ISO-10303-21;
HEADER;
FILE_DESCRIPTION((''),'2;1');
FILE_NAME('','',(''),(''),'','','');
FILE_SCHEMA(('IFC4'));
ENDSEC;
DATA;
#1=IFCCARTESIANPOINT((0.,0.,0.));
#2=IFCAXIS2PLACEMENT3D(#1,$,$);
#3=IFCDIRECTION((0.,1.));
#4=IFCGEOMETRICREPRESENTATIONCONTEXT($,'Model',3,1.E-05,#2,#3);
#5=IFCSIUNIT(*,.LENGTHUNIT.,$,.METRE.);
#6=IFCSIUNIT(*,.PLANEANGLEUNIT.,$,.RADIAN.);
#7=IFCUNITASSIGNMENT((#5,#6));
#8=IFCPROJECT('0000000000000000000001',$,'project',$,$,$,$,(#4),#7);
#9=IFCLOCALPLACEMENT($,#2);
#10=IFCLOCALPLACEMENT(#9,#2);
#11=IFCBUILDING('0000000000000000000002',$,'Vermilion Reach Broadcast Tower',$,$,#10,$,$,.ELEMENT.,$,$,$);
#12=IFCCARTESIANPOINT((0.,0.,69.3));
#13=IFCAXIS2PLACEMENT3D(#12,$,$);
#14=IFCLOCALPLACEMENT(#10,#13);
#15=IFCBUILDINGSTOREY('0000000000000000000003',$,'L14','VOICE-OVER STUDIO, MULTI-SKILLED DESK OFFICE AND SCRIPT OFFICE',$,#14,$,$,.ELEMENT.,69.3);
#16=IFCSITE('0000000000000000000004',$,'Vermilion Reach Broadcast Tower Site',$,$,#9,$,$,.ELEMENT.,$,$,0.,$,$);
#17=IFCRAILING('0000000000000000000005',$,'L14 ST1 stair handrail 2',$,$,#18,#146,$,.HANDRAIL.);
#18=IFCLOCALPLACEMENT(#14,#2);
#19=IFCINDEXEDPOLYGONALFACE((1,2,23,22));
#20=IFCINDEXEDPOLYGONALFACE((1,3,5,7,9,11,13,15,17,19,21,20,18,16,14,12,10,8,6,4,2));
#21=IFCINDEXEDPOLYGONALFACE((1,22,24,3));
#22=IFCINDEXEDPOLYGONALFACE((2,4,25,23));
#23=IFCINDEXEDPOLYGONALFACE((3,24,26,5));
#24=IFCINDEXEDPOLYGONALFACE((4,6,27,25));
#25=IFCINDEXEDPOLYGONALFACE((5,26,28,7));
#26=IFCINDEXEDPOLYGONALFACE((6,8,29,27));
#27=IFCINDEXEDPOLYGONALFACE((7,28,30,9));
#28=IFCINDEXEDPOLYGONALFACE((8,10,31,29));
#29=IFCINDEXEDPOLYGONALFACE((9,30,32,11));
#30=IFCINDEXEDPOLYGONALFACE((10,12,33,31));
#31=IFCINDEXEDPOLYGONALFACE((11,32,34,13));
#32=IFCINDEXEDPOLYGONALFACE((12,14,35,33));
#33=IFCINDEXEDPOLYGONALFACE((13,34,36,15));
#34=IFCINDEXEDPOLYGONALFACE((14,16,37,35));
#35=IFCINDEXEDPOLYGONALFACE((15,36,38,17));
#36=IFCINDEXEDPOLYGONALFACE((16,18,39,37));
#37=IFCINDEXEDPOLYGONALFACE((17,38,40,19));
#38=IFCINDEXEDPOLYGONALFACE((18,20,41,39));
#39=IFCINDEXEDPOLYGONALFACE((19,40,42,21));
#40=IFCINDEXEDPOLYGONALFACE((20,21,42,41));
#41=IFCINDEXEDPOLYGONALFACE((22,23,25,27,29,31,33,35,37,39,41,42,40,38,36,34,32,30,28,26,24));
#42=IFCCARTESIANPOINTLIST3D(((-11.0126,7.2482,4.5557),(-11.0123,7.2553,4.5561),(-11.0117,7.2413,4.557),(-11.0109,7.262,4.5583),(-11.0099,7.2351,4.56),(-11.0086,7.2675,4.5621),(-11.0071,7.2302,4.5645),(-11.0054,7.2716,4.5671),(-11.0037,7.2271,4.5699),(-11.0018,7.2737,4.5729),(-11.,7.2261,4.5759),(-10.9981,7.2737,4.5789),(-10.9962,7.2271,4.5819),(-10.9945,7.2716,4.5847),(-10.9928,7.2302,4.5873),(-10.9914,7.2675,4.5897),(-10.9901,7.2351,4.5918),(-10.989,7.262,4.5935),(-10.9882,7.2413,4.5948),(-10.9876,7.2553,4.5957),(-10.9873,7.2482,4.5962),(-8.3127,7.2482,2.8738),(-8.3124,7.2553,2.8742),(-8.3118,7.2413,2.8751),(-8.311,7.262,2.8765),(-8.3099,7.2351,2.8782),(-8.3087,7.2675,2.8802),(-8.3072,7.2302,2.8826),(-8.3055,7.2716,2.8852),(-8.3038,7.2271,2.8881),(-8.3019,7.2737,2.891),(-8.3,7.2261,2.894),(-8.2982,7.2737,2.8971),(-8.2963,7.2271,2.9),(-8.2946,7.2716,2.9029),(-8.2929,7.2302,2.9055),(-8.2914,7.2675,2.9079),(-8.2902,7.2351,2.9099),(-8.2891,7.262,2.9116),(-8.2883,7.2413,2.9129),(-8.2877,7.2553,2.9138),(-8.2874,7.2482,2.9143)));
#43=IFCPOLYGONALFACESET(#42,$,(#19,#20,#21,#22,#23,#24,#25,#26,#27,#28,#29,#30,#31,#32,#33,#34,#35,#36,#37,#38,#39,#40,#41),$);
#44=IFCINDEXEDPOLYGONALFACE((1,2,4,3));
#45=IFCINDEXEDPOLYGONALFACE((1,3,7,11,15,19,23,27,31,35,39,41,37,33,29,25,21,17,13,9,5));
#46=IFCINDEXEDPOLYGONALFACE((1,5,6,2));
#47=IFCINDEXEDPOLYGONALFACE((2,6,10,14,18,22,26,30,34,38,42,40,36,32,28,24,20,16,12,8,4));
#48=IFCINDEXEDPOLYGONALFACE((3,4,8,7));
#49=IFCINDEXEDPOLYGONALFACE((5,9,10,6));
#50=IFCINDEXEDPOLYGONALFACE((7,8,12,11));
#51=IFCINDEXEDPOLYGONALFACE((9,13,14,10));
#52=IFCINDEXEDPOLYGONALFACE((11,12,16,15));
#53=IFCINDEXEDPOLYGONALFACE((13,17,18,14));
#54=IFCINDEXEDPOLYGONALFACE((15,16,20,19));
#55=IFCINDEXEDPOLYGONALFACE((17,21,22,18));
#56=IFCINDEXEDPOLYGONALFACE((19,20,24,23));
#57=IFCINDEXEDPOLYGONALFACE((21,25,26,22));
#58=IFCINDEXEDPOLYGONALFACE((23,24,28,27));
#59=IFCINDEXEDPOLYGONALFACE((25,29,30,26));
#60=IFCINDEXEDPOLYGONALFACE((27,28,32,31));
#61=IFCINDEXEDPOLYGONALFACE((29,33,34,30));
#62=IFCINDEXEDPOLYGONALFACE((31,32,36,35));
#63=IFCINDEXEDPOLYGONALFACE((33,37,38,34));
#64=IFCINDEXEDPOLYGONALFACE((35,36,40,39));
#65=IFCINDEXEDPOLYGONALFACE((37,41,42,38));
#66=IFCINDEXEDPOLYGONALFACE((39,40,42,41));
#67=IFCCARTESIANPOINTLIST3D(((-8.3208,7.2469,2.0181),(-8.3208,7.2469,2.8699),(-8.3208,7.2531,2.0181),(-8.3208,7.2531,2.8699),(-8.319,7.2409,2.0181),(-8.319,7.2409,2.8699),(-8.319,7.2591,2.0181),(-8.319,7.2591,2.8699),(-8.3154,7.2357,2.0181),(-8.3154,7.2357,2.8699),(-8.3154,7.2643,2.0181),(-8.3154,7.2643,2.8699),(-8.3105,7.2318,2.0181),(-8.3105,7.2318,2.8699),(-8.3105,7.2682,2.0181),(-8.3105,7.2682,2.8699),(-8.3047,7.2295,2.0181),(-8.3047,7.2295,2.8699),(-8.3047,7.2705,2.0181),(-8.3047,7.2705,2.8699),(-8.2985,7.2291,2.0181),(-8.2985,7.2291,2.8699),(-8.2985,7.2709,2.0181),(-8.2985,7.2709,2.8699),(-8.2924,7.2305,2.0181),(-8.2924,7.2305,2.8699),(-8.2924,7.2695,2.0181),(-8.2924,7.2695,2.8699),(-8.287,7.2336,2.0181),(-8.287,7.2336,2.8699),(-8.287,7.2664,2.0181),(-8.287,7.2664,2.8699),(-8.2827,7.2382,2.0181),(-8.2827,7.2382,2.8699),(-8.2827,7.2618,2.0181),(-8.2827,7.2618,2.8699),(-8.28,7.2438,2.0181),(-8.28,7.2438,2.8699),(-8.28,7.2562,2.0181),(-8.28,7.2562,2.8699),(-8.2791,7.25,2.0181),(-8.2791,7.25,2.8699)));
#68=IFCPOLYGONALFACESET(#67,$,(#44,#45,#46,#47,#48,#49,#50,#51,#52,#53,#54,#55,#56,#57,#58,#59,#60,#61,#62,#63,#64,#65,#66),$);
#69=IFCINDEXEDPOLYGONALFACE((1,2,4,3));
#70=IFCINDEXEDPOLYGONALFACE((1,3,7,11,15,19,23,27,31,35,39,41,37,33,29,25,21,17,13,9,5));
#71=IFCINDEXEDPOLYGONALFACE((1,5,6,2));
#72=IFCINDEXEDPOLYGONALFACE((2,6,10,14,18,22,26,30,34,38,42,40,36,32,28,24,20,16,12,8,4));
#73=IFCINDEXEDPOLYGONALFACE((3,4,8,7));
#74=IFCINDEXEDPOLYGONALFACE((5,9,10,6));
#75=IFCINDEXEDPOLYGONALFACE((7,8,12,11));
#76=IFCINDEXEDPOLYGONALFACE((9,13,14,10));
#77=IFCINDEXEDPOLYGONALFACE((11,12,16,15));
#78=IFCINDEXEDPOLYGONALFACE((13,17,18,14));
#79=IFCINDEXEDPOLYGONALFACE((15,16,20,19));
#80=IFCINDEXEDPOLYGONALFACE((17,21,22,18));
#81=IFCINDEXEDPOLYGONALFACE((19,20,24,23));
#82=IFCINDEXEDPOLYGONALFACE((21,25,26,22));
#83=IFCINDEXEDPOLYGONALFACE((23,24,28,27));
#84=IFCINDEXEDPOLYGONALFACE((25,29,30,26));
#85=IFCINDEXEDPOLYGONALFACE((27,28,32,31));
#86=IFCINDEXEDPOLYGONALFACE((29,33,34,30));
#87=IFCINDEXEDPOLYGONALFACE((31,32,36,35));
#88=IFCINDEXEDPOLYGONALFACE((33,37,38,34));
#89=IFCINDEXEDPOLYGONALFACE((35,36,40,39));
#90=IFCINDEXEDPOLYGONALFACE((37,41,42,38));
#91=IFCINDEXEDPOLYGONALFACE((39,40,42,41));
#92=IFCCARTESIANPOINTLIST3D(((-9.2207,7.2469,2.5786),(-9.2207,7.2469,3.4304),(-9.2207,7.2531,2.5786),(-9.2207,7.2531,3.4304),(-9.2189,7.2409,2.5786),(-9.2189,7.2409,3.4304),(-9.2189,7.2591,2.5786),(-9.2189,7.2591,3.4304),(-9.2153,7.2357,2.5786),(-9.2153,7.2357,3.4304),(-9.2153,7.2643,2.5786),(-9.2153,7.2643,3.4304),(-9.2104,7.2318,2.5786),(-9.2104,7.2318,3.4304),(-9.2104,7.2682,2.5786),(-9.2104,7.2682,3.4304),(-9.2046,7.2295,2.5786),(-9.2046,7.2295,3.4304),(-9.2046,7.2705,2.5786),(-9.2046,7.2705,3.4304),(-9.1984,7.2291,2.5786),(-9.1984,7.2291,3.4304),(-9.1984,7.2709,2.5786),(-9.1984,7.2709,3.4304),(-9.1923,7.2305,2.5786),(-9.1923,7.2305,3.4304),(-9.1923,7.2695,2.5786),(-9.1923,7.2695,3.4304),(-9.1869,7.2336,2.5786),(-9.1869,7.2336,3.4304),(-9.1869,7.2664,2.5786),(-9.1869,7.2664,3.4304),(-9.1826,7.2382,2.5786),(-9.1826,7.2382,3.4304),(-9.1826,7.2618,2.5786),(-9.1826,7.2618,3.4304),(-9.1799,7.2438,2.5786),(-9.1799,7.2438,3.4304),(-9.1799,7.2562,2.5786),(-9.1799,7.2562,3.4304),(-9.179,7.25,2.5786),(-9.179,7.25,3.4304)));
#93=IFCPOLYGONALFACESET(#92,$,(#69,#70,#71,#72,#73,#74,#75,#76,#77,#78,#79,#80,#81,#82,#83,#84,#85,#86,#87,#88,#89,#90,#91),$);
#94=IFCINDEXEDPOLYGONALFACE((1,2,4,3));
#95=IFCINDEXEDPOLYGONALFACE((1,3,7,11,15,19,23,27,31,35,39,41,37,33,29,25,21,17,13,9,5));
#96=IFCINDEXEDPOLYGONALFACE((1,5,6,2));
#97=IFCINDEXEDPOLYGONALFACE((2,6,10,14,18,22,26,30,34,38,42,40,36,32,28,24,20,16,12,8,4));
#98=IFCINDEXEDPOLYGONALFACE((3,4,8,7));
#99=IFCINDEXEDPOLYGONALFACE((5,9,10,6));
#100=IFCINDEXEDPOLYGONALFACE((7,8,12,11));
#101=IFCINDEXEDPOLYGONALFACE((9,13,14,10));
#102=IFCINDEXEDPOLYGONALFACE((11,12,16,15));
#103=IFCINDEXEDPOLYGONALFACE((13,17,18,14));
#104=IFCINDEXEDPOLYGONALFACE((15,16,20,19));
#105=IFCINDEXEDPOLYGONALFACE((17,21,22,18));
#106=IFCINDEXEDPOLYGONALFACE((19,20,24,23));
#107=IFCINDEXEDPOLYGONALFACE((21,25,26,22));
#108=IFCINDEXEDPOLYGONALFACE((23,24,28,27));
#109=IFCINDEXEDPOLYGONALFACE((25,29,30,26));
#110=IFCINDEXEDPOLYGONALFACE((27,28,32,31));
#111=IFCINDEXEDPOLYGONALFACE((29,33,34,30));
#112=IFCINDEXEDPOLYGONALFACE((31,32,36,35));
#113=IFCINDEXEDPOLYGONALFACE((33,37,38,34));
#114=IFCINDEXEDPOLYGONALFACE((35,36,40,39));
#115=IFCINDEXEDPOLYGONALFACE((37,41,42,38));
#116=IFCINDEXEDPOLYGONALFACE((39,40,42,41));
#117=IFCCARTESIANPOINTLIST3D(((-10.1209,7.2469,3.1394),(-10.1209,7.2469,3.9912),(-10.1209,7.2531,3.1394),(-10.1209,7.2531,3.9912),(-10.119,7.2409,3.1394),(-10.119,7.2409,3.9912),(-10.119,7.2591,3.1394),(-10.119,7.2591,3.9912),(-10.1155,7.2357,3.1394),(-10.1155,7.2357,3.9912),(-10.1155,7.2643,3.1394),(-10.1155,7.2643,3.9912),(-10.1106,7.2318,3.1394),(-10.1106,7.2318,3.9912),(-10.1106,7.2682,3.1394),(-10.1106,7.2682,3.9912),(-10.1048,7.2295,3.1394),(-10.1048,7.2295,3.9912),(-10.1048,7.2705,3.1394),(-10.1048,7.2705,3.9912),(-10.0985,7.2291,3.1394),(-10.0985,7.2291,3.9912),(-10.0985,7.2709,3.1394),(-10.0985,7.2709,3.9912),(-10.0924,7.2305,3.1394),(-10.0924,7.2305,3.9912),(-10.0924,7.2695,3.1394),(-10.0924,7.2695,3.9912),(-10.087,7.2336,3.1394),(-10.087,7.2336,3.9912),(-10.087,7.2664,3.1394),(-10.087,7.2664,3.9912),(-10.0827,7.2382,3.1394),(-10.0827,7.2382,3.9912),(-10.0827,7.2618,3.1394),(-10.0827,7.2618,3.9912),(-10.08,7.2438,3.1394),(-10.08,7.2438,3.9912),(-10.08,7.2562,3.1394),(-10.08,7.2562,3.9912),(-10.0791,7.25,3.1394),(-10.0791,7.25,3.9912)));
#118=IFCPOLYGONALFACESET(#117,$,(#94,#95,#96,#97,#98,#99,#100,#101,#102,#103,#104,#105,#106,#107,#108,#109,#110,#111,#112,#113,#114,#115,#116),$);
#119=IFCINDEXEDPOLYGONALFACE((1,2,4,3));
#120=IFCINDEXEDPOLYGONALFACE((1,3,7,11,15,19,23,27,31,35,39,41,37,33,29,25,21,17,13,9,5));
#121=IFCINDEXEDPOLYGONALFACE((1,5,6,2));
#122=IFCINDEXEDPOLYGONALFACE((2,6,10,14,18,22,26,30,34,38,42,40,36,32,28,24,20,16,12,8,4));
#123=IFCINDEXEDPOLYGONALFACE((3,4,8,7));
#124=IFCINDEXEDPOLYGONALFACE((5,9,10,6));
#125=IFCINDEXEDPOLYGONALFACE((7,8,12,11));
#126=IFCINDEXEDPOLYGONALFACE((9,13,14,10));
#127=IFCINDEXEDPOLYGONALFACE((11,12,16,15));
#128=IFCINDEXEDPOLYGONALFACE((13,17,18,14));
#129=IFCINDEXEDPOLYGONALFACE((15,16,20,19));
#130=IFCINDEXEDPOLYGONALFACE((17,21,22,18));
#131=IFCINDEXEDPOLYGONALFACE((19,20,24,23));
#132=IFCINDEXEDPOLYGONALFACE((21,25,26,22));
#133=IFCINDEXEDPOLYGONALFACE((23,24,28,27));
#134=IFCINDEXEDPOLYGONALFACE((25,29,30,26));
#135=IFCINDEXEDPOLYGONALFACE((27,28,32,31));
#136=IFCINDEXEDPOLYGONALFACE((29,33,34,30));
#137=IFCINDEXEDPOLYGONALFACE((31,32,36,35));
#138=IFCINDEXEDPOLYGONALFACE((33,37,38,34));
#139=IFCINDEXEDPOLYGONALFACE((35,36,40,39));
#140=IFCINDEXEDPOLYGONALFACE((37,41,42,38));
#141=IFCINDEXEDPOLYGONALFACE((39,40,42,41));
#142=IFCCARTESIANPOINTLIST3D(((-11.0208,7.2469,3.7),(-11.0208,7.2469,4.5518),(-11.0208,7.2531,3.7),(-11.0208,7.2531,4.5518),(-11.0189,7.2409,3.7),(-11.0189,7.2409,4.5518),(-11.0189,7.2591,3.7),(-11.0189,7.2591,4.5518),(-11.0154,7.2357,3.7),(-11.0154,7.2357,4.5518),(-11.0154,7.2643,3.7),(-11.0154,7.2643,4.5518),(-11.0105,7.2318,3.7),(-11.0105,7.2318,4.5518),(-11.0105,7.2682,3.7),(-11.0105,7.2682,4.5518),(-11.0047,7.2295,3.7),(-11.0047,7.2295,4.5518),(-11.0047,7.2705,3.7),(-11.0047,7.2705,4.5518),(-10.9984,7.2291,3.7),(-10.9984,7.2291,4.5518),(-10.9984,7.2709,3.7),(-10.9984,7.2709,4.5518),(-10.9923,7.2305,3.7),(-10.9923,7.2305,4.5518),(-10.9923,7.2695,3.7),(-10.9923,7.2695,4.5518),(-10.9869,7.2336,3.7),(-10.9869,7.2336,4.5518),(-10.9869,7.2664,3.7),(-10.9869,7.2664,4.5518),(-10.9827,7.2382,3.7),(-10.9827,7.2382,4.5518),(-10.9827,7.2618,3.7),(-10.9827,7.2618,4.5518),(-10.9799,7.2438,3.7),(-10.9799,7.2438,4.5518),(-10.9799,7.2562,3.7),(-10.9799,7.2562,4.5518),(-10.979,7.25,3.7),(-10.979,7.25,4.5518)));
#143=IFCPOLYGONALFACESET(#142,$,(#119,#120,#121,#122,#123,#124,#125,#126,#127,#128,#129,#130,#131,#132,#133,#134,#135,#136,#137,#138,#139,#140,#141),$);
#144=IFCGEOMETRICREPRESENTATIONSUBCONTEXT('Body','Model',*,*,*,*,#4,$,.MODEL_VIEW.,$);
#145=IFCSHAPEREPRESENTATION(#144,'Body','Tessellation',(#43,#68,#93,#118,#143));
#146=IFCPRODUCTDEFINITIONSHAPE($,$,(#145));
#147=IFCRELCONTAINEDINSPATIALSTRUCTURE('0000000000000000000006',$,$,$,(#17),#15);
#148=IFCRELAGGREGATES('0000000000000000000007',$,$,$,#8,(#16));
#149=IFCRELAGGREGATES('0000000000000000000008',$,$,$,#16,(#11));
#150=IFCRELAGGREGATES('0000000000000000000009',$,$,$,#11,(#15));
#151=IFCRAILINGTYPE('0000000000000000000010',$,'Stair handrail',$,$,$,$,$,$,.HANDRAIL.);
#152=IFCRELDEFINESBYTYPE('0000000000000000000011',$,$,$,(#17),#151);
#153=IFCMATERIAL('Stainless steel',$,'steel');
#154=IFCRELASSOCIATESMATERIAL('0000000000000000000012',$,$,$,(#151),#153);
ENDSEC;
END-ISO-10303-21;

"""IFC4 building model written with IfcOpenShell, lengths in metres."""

from ifc_helpers import new_model, si_unit, direction, frame, origin, origin_2d, place, context, subcontext, project, spatial, circle, extrude, material, type_object, element, save


model = new_model("IFC4")

# Units and contexts
model_context = context("Model", 3, precision=1e-05, world=origin(), true_north=direction((0.0, 1.0)))
body_context = subcontext(model_context, "Body", "Model", "MODEL_VIEW")
ifc_project = project(units=[si_unit("LENGTHUNIT", "METRE"), si_unit("PLANEANGLEUNIT", "RADIAN")], contexts=[model_context])

# Site, building, storey
site_placement = place(None, origin())
site = spatial("IfcSite", under=ifc_project, at=site_placement, Name="Vermilion Reach Broadcast Tower Site", CompositionType="ELEMENT", RefElevation=0.0)
building_placement = place(site_placement, origin())
building = spatial("IfcBuilding", under=site, at=building_placement, Name="Vermilion Reach Broadcast Tower", CompositionType="ELEMENT")
storey_placement = place(building_placement, frame((0.0, 0.0, 69.3)))
storey = spatial("IfcBuildingStorey", under=building, at=storey_placement, Name="L14", Description="VOICE-OVER STUDIO, MULTI-SKILLED DESK OFFICE AND SCRIPT OFFICE", CompositionType="ELEMENT", Elevation=69.3)

# Railing
ifc_material_1 = material(Name="Stainless steel", Category="steel")
railing_type_1 = type_object("IfcRailingType", Name="Stair handrail", PredefinedType="HANDRAIL", material=ifc_material_1)
railing_1_placement = place(storey_placement, frame((-8.3, 7.25, 2.0181)))
element("IfcRailing", 1, at=railing_1_placement, inside=storey, type_object=railing_type_1, Name="L14 ST1 stair handrail 2", PredefinedType="HANDRAIL", context=body_context, shape_type="SweptSolid", body=[
    extrude(circle(Radius=0.0239, at=origin_2d()), frame((0.0, 0.0, 0.876), z_axis=(-0.848786, 0.0, 0.528736), x_axis=(0.0, -1.0, 0.0)), (0.0, 0.0, 1.0), 3.1809),
    extrude(circle(Radius=0.021, at=origin_2d()), origin(), (0.0, 0.0, 1.0), 0.8518),
    extrude(circle(Radius=0.021, at=origin_2d()), frame((-0.8999, 0.0, 0.5605)), (0.0, 0.0, 1.0), 0.8518),
    extrude(circle(Radius=0.021, at=origin_2d()), frame((-1.8, 0.0, 1.1213)), (0.0, 0.0, 1.0), 0.8518),
    extrude(circle(Radius=0.021, at=origin_2d()), frame((-2.7, 0.0, 1.6819)), (0.0, 0.0, 1.0), 0.8518),
])

save(model, "model.ifc")
